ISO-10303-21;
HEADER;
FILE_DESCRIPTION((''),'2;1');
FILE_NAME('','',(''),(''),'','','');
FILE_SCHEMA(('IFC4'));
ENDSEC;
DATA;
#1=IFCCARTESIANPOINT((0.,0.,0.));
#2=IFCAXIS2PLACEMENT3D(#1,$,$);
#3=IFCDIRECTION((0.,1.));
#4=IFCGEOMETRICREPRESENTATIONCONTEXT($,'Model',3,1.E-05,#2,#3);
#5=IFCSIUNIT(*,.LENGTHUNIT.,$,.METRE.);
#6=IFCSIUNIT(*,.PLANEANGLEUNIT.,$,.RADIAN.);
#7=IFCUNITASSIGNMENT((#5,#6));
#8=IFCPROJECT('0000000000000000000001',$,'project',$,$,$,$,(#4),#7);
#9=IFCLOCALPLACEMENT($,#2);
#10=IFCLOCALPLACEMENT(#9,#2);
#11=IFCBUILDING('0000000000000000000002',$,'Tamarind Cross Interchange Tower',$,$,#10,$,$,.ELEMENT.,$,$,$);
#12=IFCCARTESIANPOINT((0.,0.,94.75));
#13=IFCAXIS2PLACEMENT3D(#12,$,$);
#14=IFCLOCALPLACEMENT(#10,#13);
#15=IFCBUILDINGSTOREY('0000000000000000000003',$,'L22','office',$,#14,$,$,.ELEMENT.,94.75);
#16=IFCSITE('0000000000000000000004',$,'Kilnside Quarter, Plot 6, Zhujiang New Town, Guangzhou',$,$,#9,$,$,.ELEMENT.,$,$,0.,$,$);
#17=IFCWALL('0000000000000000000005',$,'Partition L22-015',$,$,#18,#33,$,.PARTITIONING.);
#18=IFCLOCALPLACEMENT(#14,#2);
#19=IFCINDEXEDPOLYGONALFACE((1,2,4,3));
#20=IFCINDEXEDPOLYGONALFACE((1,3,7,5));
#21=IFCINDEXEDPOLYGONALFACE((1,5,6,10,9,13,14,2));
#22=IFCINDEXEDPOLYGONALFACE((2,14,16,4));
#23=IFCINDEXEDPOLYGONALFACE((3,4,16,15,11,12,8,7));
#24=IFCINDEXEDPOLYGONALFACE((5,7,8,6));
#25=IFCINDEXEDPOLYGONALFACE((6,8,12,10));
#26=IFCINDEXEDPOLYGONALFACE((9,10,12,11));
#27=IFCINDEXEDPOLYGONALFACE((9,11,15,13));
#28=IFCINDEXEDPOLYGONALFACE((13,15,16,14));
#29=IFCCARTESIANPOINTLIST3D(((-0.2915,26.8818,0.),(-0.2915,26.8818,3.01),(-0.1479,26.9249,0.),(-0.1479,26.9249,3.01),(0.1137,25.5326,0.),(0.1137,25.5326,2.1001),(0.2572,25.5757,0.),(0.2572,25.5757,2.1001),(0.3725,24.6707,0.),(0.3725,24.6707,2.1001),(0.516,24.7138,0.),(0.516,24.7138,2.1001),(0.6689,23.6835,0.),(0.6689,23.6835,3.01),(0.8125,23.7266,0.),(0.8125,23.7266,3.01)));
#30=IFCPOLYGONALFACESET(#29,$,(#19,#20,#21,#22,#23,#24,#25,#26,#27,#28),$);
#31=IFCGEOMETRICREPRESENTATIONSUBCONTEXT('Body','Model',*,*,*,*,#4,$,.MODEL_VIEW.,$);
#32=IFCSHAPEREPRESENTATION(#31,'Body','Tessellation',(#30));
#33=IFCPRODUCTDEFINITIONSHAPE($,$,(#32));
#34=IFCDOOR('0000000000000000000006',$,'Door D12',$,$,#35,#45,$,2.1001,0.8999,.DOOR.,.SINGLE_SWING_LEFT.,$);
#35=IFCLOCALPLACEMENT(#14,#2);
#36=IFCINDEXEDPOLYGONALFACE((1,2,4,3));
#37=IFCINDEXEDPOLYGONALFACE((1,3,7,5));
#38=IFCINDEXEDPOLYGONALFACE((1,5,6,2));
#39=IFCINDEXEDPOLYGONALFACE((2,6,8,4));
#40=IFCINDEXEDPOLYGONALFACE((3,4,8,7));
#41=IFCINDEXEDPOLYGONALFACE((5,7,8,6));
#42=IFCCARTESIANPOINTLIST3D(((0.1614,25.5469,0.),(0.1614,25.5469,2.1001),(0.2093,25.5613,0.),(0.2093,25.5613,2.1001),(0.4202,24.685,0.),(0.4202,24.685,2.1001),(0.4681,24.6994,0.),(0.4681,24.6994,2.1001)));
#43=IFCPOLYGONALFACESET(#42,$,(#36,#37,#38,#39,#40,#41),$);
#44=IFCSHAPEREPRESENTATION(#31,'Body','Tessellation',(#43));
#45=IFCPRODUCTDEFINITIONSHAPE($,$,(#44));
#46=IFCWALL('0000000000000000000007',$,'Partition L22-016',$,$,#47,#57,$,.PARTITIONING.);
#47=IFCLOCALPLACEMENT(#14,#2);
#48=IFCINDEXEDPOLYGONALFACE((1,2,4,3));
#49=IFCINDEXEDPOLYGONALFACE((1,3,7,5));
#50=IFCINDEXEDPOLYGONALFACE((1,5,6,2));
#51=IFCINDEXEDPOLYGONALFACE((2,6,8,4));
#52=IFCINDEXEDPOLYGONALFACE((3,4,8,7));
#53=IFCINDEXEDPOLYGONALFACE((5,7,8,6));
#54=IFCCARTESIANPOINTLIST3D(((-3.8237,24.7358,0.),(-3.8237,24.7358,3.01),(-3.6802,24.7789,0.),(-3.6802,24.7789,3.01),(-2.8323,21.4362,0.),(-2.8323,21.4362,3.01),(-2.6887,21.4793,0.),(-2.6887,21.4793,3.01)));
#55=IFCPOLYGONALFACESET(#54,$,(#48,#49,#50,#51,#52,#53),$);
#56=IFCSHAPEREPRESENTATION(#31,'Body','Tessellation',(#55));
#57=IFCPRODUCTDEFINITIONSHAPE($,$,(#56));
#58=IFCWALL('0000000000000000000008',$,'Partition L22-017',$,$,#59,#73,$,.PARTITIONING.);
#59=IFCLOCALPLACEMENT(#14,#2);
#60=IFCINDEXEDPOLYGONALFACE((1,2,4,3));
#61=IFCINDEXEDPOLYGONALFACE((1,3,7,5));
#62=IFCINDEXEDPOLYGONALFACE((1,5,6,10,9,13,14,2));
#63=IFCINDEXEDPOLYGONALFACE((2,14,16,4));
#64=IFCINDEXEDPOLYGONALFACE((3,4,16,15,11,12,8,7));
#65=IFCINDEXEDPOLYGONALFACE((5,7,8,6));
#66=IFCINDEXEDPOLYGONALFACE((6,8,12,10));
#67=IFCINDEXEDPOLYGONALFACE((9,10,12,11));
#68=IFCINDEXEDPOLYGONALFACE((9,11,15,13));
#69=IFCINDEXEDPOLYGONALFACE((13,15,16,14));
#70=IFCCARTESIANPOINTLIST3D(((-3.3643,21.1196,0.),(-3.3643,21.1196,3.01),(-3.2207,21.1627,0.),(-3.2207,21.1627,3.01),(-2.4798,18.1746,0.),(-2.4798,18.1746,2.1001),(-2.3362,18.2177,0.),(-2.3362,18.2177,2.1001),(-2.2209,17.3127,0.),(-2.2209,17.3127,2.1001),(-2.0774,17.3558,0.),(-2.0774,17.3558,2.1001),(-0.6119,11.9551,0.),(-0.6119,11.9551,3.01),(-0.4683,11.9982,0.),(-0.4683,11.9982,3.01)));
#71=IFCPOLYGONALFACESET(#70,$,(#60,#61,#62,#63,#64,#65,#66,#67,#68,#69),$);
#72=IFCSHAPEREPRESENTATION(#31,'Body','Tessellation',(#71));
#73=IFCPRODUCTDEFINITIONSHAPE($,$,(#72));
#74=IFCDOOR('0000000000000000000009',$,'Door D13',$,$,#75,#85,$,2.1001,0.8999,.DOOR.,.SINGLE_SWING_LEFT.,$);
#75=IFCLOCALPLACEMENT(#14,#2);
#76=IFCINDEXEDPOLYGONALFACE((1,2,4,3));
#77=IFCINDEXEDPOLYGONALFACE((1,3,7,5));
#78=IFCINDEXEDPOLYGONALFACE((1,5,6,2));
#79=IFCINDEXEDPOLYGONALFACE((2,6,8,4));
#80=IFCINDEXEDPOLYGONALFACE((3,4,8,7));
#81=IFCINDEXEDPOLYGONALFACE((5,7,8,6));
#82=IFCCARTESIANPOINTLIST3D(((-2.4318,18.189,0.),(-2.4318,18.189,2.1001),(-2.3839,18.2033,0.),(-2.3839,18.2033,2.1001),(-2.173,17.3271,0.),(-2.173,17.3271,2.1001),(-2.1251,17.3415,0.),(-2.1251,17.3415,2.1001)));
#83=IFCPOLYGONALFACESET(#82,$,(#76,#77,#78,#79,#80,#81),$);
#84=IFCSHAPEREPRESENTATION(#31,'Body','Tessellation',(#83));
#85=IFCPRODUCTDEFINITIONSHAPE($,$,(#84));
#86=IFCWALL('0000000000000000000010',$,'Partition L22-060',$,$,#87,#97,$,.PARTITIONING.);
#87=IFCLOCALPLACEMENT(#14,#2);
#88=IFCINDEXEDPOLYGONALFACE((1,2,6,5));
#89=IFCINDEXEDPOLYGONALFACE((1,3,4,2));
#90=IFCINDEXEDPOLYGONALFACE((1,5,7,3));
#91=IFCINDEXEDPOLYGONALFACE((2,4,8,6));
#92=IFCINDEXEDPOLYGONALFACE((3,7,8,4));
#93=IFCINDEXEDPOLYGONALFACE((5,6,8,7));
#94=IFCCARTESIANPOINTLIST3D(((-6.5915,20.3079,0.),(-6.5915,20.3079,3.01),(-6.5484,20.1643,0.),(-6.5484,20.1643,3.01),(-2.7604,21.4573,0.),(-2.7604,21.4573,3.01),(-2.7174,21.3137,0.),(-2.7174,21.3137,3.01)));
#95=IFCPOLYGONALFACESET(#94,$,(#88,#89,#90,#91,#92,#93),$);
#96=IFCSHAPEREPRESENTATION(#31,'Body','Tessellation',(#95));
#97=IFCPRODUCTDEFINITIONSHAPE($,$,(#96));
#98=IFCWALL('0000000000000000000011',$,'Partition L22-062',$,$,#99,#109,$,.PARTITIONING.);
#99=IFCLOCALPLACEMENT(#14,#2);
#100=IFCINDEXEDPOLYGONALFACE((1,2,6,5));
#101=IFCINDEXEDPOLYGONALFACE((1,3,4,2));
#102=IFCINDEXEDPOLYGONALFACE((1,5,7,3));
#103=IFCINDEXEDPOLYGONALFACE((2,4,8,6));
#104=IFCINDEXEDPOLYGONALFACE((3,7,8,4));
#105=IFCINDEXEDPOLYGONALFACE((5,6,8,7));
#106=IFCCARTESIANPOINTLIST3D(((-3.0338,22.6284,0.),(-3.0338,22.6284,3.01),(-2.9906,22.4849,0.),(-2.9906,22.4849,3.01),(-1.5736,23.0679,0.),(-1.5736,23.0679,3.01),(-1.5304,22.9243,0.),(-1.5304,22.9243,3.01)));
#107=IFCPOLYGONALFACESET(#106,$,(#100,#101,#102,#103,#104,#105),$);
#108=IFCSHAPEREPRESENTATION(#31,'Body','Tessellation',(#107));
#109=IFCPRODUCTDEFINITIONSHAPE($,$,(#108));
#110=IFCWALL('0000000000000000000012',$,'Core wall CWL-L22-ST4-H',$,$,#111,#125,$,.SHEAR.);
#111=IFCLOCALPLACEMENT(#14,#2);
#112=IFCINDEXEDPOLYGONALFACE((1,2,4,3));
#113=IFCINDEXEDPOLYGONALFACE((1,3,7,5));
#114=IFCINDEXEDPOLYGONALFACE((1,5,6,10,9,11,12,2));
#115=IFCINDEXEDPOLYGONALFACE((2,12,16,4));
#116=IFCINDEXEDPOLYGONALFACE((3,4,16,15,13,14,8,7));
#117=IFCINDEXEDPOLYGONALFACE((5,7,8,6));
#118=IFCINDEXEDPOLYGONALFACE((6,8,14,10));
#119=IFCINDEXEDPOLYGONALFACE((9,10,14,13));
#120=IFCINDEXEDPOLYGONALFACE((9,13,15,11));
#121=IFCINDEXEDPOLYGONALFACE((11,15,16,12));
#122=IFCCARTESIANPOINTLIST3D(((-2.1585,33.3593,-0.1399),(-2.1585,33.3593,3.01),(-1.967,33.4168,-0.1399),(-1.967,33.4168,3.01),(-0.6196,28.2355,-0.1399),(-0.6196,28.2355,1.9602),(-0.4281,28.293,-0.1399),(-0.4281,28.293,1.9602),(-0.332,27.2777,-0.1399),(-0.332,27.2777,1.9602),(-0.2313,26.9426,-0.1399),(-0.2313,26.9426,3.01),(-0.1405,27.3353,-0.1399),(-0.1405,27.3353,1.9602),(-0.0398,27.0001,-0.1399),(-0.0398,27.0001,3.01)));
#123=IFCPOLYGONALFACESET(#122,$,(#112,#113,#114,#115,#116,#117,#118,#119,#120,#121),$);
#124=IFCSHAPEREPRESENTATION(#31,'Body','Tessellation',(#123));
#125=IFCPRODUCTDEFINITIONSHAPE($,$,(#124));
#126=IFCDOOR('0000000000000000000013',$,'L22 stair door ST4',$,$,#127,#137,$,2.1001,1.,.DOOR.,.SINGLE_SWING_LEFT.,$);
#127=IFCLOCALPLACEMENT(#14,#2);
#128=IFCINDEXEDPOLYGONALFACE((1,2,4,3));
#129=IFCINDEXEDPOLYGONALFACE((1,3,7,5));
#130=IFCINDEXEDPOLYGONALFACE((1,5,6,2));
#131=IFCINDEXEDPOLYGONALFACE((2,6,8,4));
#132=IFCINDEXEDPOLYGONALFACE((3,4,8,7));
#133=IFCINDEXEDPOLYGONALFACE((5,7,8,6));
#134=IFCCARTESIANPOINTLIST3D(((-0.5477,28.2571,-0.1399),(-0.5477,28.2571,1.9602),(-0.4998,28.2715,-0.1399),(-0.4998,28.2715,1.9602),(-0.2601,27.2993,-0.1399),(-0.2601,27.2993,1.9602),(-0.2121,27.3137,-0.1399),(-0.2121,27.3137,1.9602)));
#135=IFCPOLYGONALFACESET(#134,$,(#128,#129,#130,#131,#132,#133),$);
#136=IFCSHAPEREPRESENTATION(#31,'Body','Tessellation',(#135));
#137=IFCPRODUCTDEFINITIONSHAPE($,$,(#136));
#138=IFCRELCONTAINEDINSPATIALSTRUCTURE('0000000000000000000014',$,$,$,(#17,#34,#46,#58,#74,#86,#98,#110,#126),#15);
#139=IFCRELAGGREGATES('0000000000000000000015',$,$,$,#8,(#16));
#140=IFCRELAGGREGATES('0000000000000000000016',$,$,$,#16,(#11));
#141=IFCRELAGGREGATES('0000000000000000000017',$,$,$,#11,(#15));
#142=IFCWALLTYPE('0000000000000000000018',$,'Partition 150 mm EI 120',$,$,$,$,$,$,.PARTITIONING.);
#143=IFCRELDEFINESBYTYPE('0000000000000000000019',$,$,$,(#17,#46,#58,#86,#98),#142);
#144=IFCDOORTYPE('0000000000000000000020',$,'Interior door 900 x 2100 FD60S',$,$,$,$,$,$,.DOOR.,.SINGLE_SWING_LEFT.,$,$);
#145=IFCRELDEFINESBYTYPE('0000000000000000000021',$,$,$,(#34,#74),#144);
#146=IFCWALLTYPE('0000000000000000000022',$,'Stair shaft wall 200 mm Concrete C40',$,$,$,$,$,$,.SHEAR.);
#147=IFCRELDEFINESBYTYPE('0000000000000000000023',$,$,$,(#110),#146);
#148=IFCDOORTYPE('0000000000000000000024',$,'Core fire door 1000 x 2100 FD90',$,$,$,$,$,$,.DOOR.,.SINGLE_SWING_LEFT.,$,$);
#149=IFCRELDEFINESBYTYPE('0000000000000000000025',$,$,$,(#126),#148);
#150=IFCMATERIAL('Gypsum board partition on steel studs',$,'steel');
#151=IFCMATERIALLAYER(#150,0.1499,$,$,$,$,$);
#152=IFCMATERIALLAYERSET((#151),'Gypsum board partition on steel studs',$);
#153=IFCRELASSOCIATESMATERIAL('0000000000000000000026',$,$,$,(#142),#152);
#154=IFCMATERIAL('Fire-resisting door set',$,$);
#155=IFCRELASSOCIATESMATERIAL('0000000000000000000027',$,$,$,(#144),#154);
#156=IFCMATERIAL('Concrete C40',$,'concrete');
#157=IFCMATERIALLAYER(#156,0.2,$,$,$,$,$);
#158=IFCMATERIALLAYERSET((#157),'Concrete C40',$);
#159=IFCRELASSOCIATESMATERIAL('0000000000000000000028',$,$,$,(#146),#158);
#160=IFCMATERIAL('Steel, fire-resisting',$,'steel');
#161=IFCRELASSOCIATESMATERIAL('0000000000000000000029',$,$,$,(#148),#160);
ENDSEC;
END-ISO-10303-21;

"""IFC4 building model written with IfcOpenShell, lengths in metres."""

from ifc_helpers import new_model, si_unit, direction, frame, frame_2d, origin, place, context, subcontext, project, spatial, rectangle, extrude, material, layer, layer_set, type_object, element, fill, save


model = new_model("IFC4")

# Units and contexts
model_context = context("Model", 3, precision=1e-05, world=origin(), true_north=direction((0.0, 1.0)))
body_context = subcontext(model_context, "Body", "Model", "MODEL_VIEW")
ifc_project = project(units=[si_unit("LENGTHUNIT", "METRE"), si_unit("PLANEANGLEUNIT", "RADIAN")], contexts=[model_context])

# Site, building, storey
site_placement = place(None, origin())
site = spatial("IfcSite", under=ifc_project, at=site_placement, Name="Kilnside Quarter, Plot 6, Zhujiang New Town, Guangzhou", CompositionType="ELEMENT", RefElevation=0.0)
building_placement = place(site_placement, origin())
building = spatial("IfcBuilding", under=site, at=building_placement, Name="Tamarind Cross Interchange Tower", CompositionType="ELEMENT")
storey_placement = place(building_placement, frame((0.0, 0.0, 94.75)))
storey = spatial("IfcBuildingStorey", under=building, at=storey_placement, Name="L22", Description="office", CompositionType="ELEMENT", Elevation=94.75)

# Shared definitions
ifc_material_1 = material(Name="Gypsum board partition on steel studs", Category="steel")

# Wall, opening, door
ifc_layer_1 = layer(ifc_material_1, 0.1499)
ifc_layer_set_1 = layer_set([ifc_layer_1], Name="Gypsum board partition on steel studs")
wall_type_1 = type_object("IfcWallType", Name="Partition 150 mm EI 120", PredefinedType="PARTITIONING", material=ifc_layer_set_1)
wall_1_placement = place(storey_placement, frame((-0.2197, 26.9033, 0.0), z_axis=(0.0, 0.0, 1.0), x_axis=(0.287616, -0.957746, 0.0)))
wall_1 = element("IfcWall", 1, at=wall_1_placement, inside=storey, type_object=wall_type_1, Name="Partition L22-015", PredefinedType="PARTITIONING", context=body_context, shape_type="SweptSolid", body=[
    extrude(rectangle(XDim=3.3394, YDim=0.1499, at=frame_2d((1.6697, 0.0))), origin(), (0.0, 0.0, 1.0), 3.01),
])
opening_1_placement = place(wall_1_placement, frame((1.4087, 0.0, 0.0)))
opening_1 = element("IfcOpeningElement", 2, at=opening_1_placement, cuts=wall_1, PredefinedType="OPENING", context=body_context, shape_type="SweptSolid", body=[
    extrude(rectangle(XDim=0.8999, YDim=2.1001, at=frame_2d((0.45, 1.05))), frame((0.0, 0.085, 0.0), z_axis=(0.0, -1.0, 0.0), x_axis=(1.0, 0.0, 0.0)), (0.0, 0.0, 1.0), 0.1699),
])
ifc_material_2 = material(Name="Fire-resisting door set")
door_type_1 = type_object("IfcDoorType", Name="Interior door 900 x 2100 FD60S", OperationType="SINGLE_SWING_LEFT", PredefinedType="DOOR", material=ifc_material_2)
door_1_placement = place(opening_1_placement, origin())
door_1 = element("IfcDoor", 3, at=door_1_placement, inside=storey, type_object=door_type_1, Name="Door D12", OperationType="SINGLE_SWING_LEFT", OverallHeight=2.1001, OverallWidth=0.8999, PredefinedType="DOOR", context=body_context, shape_type="SweptSolid", body=[
    extrude(rectangle(XDim=0.8999, YDim=2.1001, at=frame_2d((0.45, 1.05))), frame((0.0, 0.0249, 0.0), z_axis=(0.0, -1.0, 0.0), x_axis=(1.0, 0.0, 0.0)), (0.0, 0.0, 1.0), 0.05),
])
fill(opening_1, door_1)

# Wall
wall_2_placement = place(storey_placement, frame((-3.752, 24.7573, 0.0), z_axis=(0.0, 0.0, 1.0), x_axis=(0.28777, -0.957699, 0.0)))
element("IfcWall", 4, at=wall_2_placement, inside=storey, type_object=wall_type_1, Name="Partition L22-016", PredefinedType="PARTITIONING", context=body_context, shape_type="SweptSolid", body=[
    extrude(rectangle(XDim=3.4453, YDim=0.1499, at=frame_2d((1.7227, 0.0))), origin(), (0.0, 0.0, 1.0), 3.01),
])

# Wall, opening, door
wall_3_placement = place(storey_placement, frame((-3.2925, 21.1411, 0.0), z_axis=(0.0, 0.0, 1.0), x_axis=(0.287643, -0.957738, 0.0)))
wall_3 = element("IfcWall", 5, at=wall_3_placement, inside=storey, type_object=wall_type_1, Name="Partition L22-017", PredefinedType="PARTITIONING", context=body_context, shape_type="SweptSolid", body=[
    extrude(rectangle(XDim=9.5688, YDim=0.1499, at=frame_2d((4.7844, 0.0))), origin(), (0.0, 0.0, 1.0), 3.01),
])
opening_2_placement = place(wall_3_placement, frame((3.075, 0.0, 0.0)))
opening_2 = element("IfcOpeningElement", 6, at=opening_2_placement, cuts=wall_3, PredefinedType="OPENING", context=body_context, shape_type="SweptSolid", body=[
    extrude(rectangle(XDim=0.8999, YDim=2.1001, at=frame_2d((0.45, 1.05))), frame((0.0, 0.085, 0.0), z_axis=(0.0, -1.0, 0.0), x_axis=(1.0, 0.0, 0.0)), (0.0, 0.0, 1.0), 0.1699),
])
door_2_placement = place(opening_2_placement, frame((0.8999, 0.0, 0.0), z_axis=(0.0, 0.0, 1.0), x_axis=(-1.0, 0.0, 0.0)))
door_2 = element("IfcDoor", 7, at=door_2_placement, inside=storey, type_object=door_type_1, Name="Door D13", OperationType="SINGLE_SWING_LEFT", OverallHeight=2.1001, OverallWidth=0.8999, PredefinedType="DOOR", context=body_context, shape_type="SweptSolid", body=[
    extrude(rectangle(XDim=0.8999, YDim=2.1001, at=frame_2d((0.45, 1.05))), frame((0.0, 0.0249, 0.0), z_axis=(0.0, -1.0, 0.0), x_axis=(1.0, 0.0, 0.0)), (0.0, 0.0, 1.0), 0.05),
])
fill(opening_2, door_2)

# Walls
wall_4_placement = place(storey_placement, frame((-6.5701, 20.2361, 0.0), z_axis=(0.0, 0.0, 1.0), x_axis=(0.95782, 0.28737, 0.0)))
element("IfcWall", 8, at=wall_4_placement, inside=storey, type_object=wall_type_1, Name="Partition L22-060", PredefinedType="PARTITIONING", context=body_context, shape_type="SweptSolid", body=[
    extrude(rectangle(XDim=3.9998, YDim=0.1499, at=frame_2d((2.0, 0.0))), origin(), (0.0, 0.0, 1.0), 3.01),
])
wall_5_placement = place(storey_placement, frame((-3.0122, 22.5566, 0.0), z_axis=(0.0, 0.0, 1.0), x_axis=(0.957575, 0.288185, 0.0)))
element("IfcWall", 9, at=wall_5_placement, inside=storey, type_object=wall_type_1, Name="Partition L22-062", PredefinedType="PARTITIONING", context=body_context, shape_type="SweptSolid", body=[
    extrude(rectangle(XDim=1.5249, YDim=0.1499, at=frame_2d((0.7625, 0.0))), origin(), (0.0, 0.0, 1.0), 3.01),
])

# Wall, opening, door
ifc_material_3 = material(Name="Concrete C40", Category="concrete")
ifc_layer_2 = layer(ifc_material_3, 0.2)
ifc_layer_set_2 = layer_set([ifc_layer_2], Name="Concrete C40")
wall_type_2 = type_object("IfcWallType", Name="Stair shaft wall 200 mm Concrete C40", PredefinedType="SHEAR", material=ifc_layer_set_2)
wall_6_placement = place(storey_placement, frame((-0.1355, 26.9712, -0.1399), z_axis=(0.0, 0.0, 1.0), x_axis=(-0.287652, 0.957735, 0.0)))
wall_6 = element("IfcWall", 10, at=wall_6_placement, inside=storey, type_object=wall_type_2, Name="Core wall CWL-L22-ST4-H", PredefinedType="SHEAR", context=body_context, shape_type="SweptSolid", body=[
    extrude(rectangle(XDim=6.7, YDim=0.2, at=frame_2d((3.3501, 0.0))), origin(), (0.0, 0.0, 1.0), 3.1499),
])
opening_3_placement = place(wall_6_placement, frame((0.3501, 0.0, 0.0)))
opening_3 = element("IfcOpeningElement", 11, at=opening_3_placement, cuts=wall_6, PredefinedType="OPENING", context=body_context, shape_type="SweptSolid", body=[
    extrude(rectangle(XDim=1.0, YDim=2.1001, at=frame_2d((0.5, 1.05))), frame((0.0, 0.1099, 0.0), z_axis=(0.0, -1.0, 0.0), x_axis=(1.0, 0.0, 0.0)), (0.0, 0.0, 1.0), 0.22),
])
ifc_material_4 = material(Name="Steel, fire-resisting", Category="steel")
door_type_2 = type_object("IfcDoorType", Name="Core fire door 1000 x 2100 FD90", OperationType="SINGLE_SWING_LEFT", PredefinedType="DOOR", material=ifc_material_4)
door_3_placement = place(opening_3_placement, origin())
door_3 = element("IfcDoor", 12, at=door_3_placement, inside=storey, type_object=door_type_2, Name="L22 stair door ST4", OperationType="SINGLE_SWING_LEFT", OverallHeight=2.1001, OverallWidth=1.0, PredefinedType="DOOR", context=body_context, shape_type="SweptSolid", body=[
    extrude(rectangle(XDim=1.0, YDim=2.1001, at=frame_2d((0.5, 1.05))), frame((0.0, 0.0249, 0.0), z_axis=(0.0, -1.0, 0.0), x_axis=(1.0, 0.0, 0.0)), (0.0, 0.0, 1.0), 0.05),
])
fill(opening_3, door_3)

save(model, "model.ifc")
